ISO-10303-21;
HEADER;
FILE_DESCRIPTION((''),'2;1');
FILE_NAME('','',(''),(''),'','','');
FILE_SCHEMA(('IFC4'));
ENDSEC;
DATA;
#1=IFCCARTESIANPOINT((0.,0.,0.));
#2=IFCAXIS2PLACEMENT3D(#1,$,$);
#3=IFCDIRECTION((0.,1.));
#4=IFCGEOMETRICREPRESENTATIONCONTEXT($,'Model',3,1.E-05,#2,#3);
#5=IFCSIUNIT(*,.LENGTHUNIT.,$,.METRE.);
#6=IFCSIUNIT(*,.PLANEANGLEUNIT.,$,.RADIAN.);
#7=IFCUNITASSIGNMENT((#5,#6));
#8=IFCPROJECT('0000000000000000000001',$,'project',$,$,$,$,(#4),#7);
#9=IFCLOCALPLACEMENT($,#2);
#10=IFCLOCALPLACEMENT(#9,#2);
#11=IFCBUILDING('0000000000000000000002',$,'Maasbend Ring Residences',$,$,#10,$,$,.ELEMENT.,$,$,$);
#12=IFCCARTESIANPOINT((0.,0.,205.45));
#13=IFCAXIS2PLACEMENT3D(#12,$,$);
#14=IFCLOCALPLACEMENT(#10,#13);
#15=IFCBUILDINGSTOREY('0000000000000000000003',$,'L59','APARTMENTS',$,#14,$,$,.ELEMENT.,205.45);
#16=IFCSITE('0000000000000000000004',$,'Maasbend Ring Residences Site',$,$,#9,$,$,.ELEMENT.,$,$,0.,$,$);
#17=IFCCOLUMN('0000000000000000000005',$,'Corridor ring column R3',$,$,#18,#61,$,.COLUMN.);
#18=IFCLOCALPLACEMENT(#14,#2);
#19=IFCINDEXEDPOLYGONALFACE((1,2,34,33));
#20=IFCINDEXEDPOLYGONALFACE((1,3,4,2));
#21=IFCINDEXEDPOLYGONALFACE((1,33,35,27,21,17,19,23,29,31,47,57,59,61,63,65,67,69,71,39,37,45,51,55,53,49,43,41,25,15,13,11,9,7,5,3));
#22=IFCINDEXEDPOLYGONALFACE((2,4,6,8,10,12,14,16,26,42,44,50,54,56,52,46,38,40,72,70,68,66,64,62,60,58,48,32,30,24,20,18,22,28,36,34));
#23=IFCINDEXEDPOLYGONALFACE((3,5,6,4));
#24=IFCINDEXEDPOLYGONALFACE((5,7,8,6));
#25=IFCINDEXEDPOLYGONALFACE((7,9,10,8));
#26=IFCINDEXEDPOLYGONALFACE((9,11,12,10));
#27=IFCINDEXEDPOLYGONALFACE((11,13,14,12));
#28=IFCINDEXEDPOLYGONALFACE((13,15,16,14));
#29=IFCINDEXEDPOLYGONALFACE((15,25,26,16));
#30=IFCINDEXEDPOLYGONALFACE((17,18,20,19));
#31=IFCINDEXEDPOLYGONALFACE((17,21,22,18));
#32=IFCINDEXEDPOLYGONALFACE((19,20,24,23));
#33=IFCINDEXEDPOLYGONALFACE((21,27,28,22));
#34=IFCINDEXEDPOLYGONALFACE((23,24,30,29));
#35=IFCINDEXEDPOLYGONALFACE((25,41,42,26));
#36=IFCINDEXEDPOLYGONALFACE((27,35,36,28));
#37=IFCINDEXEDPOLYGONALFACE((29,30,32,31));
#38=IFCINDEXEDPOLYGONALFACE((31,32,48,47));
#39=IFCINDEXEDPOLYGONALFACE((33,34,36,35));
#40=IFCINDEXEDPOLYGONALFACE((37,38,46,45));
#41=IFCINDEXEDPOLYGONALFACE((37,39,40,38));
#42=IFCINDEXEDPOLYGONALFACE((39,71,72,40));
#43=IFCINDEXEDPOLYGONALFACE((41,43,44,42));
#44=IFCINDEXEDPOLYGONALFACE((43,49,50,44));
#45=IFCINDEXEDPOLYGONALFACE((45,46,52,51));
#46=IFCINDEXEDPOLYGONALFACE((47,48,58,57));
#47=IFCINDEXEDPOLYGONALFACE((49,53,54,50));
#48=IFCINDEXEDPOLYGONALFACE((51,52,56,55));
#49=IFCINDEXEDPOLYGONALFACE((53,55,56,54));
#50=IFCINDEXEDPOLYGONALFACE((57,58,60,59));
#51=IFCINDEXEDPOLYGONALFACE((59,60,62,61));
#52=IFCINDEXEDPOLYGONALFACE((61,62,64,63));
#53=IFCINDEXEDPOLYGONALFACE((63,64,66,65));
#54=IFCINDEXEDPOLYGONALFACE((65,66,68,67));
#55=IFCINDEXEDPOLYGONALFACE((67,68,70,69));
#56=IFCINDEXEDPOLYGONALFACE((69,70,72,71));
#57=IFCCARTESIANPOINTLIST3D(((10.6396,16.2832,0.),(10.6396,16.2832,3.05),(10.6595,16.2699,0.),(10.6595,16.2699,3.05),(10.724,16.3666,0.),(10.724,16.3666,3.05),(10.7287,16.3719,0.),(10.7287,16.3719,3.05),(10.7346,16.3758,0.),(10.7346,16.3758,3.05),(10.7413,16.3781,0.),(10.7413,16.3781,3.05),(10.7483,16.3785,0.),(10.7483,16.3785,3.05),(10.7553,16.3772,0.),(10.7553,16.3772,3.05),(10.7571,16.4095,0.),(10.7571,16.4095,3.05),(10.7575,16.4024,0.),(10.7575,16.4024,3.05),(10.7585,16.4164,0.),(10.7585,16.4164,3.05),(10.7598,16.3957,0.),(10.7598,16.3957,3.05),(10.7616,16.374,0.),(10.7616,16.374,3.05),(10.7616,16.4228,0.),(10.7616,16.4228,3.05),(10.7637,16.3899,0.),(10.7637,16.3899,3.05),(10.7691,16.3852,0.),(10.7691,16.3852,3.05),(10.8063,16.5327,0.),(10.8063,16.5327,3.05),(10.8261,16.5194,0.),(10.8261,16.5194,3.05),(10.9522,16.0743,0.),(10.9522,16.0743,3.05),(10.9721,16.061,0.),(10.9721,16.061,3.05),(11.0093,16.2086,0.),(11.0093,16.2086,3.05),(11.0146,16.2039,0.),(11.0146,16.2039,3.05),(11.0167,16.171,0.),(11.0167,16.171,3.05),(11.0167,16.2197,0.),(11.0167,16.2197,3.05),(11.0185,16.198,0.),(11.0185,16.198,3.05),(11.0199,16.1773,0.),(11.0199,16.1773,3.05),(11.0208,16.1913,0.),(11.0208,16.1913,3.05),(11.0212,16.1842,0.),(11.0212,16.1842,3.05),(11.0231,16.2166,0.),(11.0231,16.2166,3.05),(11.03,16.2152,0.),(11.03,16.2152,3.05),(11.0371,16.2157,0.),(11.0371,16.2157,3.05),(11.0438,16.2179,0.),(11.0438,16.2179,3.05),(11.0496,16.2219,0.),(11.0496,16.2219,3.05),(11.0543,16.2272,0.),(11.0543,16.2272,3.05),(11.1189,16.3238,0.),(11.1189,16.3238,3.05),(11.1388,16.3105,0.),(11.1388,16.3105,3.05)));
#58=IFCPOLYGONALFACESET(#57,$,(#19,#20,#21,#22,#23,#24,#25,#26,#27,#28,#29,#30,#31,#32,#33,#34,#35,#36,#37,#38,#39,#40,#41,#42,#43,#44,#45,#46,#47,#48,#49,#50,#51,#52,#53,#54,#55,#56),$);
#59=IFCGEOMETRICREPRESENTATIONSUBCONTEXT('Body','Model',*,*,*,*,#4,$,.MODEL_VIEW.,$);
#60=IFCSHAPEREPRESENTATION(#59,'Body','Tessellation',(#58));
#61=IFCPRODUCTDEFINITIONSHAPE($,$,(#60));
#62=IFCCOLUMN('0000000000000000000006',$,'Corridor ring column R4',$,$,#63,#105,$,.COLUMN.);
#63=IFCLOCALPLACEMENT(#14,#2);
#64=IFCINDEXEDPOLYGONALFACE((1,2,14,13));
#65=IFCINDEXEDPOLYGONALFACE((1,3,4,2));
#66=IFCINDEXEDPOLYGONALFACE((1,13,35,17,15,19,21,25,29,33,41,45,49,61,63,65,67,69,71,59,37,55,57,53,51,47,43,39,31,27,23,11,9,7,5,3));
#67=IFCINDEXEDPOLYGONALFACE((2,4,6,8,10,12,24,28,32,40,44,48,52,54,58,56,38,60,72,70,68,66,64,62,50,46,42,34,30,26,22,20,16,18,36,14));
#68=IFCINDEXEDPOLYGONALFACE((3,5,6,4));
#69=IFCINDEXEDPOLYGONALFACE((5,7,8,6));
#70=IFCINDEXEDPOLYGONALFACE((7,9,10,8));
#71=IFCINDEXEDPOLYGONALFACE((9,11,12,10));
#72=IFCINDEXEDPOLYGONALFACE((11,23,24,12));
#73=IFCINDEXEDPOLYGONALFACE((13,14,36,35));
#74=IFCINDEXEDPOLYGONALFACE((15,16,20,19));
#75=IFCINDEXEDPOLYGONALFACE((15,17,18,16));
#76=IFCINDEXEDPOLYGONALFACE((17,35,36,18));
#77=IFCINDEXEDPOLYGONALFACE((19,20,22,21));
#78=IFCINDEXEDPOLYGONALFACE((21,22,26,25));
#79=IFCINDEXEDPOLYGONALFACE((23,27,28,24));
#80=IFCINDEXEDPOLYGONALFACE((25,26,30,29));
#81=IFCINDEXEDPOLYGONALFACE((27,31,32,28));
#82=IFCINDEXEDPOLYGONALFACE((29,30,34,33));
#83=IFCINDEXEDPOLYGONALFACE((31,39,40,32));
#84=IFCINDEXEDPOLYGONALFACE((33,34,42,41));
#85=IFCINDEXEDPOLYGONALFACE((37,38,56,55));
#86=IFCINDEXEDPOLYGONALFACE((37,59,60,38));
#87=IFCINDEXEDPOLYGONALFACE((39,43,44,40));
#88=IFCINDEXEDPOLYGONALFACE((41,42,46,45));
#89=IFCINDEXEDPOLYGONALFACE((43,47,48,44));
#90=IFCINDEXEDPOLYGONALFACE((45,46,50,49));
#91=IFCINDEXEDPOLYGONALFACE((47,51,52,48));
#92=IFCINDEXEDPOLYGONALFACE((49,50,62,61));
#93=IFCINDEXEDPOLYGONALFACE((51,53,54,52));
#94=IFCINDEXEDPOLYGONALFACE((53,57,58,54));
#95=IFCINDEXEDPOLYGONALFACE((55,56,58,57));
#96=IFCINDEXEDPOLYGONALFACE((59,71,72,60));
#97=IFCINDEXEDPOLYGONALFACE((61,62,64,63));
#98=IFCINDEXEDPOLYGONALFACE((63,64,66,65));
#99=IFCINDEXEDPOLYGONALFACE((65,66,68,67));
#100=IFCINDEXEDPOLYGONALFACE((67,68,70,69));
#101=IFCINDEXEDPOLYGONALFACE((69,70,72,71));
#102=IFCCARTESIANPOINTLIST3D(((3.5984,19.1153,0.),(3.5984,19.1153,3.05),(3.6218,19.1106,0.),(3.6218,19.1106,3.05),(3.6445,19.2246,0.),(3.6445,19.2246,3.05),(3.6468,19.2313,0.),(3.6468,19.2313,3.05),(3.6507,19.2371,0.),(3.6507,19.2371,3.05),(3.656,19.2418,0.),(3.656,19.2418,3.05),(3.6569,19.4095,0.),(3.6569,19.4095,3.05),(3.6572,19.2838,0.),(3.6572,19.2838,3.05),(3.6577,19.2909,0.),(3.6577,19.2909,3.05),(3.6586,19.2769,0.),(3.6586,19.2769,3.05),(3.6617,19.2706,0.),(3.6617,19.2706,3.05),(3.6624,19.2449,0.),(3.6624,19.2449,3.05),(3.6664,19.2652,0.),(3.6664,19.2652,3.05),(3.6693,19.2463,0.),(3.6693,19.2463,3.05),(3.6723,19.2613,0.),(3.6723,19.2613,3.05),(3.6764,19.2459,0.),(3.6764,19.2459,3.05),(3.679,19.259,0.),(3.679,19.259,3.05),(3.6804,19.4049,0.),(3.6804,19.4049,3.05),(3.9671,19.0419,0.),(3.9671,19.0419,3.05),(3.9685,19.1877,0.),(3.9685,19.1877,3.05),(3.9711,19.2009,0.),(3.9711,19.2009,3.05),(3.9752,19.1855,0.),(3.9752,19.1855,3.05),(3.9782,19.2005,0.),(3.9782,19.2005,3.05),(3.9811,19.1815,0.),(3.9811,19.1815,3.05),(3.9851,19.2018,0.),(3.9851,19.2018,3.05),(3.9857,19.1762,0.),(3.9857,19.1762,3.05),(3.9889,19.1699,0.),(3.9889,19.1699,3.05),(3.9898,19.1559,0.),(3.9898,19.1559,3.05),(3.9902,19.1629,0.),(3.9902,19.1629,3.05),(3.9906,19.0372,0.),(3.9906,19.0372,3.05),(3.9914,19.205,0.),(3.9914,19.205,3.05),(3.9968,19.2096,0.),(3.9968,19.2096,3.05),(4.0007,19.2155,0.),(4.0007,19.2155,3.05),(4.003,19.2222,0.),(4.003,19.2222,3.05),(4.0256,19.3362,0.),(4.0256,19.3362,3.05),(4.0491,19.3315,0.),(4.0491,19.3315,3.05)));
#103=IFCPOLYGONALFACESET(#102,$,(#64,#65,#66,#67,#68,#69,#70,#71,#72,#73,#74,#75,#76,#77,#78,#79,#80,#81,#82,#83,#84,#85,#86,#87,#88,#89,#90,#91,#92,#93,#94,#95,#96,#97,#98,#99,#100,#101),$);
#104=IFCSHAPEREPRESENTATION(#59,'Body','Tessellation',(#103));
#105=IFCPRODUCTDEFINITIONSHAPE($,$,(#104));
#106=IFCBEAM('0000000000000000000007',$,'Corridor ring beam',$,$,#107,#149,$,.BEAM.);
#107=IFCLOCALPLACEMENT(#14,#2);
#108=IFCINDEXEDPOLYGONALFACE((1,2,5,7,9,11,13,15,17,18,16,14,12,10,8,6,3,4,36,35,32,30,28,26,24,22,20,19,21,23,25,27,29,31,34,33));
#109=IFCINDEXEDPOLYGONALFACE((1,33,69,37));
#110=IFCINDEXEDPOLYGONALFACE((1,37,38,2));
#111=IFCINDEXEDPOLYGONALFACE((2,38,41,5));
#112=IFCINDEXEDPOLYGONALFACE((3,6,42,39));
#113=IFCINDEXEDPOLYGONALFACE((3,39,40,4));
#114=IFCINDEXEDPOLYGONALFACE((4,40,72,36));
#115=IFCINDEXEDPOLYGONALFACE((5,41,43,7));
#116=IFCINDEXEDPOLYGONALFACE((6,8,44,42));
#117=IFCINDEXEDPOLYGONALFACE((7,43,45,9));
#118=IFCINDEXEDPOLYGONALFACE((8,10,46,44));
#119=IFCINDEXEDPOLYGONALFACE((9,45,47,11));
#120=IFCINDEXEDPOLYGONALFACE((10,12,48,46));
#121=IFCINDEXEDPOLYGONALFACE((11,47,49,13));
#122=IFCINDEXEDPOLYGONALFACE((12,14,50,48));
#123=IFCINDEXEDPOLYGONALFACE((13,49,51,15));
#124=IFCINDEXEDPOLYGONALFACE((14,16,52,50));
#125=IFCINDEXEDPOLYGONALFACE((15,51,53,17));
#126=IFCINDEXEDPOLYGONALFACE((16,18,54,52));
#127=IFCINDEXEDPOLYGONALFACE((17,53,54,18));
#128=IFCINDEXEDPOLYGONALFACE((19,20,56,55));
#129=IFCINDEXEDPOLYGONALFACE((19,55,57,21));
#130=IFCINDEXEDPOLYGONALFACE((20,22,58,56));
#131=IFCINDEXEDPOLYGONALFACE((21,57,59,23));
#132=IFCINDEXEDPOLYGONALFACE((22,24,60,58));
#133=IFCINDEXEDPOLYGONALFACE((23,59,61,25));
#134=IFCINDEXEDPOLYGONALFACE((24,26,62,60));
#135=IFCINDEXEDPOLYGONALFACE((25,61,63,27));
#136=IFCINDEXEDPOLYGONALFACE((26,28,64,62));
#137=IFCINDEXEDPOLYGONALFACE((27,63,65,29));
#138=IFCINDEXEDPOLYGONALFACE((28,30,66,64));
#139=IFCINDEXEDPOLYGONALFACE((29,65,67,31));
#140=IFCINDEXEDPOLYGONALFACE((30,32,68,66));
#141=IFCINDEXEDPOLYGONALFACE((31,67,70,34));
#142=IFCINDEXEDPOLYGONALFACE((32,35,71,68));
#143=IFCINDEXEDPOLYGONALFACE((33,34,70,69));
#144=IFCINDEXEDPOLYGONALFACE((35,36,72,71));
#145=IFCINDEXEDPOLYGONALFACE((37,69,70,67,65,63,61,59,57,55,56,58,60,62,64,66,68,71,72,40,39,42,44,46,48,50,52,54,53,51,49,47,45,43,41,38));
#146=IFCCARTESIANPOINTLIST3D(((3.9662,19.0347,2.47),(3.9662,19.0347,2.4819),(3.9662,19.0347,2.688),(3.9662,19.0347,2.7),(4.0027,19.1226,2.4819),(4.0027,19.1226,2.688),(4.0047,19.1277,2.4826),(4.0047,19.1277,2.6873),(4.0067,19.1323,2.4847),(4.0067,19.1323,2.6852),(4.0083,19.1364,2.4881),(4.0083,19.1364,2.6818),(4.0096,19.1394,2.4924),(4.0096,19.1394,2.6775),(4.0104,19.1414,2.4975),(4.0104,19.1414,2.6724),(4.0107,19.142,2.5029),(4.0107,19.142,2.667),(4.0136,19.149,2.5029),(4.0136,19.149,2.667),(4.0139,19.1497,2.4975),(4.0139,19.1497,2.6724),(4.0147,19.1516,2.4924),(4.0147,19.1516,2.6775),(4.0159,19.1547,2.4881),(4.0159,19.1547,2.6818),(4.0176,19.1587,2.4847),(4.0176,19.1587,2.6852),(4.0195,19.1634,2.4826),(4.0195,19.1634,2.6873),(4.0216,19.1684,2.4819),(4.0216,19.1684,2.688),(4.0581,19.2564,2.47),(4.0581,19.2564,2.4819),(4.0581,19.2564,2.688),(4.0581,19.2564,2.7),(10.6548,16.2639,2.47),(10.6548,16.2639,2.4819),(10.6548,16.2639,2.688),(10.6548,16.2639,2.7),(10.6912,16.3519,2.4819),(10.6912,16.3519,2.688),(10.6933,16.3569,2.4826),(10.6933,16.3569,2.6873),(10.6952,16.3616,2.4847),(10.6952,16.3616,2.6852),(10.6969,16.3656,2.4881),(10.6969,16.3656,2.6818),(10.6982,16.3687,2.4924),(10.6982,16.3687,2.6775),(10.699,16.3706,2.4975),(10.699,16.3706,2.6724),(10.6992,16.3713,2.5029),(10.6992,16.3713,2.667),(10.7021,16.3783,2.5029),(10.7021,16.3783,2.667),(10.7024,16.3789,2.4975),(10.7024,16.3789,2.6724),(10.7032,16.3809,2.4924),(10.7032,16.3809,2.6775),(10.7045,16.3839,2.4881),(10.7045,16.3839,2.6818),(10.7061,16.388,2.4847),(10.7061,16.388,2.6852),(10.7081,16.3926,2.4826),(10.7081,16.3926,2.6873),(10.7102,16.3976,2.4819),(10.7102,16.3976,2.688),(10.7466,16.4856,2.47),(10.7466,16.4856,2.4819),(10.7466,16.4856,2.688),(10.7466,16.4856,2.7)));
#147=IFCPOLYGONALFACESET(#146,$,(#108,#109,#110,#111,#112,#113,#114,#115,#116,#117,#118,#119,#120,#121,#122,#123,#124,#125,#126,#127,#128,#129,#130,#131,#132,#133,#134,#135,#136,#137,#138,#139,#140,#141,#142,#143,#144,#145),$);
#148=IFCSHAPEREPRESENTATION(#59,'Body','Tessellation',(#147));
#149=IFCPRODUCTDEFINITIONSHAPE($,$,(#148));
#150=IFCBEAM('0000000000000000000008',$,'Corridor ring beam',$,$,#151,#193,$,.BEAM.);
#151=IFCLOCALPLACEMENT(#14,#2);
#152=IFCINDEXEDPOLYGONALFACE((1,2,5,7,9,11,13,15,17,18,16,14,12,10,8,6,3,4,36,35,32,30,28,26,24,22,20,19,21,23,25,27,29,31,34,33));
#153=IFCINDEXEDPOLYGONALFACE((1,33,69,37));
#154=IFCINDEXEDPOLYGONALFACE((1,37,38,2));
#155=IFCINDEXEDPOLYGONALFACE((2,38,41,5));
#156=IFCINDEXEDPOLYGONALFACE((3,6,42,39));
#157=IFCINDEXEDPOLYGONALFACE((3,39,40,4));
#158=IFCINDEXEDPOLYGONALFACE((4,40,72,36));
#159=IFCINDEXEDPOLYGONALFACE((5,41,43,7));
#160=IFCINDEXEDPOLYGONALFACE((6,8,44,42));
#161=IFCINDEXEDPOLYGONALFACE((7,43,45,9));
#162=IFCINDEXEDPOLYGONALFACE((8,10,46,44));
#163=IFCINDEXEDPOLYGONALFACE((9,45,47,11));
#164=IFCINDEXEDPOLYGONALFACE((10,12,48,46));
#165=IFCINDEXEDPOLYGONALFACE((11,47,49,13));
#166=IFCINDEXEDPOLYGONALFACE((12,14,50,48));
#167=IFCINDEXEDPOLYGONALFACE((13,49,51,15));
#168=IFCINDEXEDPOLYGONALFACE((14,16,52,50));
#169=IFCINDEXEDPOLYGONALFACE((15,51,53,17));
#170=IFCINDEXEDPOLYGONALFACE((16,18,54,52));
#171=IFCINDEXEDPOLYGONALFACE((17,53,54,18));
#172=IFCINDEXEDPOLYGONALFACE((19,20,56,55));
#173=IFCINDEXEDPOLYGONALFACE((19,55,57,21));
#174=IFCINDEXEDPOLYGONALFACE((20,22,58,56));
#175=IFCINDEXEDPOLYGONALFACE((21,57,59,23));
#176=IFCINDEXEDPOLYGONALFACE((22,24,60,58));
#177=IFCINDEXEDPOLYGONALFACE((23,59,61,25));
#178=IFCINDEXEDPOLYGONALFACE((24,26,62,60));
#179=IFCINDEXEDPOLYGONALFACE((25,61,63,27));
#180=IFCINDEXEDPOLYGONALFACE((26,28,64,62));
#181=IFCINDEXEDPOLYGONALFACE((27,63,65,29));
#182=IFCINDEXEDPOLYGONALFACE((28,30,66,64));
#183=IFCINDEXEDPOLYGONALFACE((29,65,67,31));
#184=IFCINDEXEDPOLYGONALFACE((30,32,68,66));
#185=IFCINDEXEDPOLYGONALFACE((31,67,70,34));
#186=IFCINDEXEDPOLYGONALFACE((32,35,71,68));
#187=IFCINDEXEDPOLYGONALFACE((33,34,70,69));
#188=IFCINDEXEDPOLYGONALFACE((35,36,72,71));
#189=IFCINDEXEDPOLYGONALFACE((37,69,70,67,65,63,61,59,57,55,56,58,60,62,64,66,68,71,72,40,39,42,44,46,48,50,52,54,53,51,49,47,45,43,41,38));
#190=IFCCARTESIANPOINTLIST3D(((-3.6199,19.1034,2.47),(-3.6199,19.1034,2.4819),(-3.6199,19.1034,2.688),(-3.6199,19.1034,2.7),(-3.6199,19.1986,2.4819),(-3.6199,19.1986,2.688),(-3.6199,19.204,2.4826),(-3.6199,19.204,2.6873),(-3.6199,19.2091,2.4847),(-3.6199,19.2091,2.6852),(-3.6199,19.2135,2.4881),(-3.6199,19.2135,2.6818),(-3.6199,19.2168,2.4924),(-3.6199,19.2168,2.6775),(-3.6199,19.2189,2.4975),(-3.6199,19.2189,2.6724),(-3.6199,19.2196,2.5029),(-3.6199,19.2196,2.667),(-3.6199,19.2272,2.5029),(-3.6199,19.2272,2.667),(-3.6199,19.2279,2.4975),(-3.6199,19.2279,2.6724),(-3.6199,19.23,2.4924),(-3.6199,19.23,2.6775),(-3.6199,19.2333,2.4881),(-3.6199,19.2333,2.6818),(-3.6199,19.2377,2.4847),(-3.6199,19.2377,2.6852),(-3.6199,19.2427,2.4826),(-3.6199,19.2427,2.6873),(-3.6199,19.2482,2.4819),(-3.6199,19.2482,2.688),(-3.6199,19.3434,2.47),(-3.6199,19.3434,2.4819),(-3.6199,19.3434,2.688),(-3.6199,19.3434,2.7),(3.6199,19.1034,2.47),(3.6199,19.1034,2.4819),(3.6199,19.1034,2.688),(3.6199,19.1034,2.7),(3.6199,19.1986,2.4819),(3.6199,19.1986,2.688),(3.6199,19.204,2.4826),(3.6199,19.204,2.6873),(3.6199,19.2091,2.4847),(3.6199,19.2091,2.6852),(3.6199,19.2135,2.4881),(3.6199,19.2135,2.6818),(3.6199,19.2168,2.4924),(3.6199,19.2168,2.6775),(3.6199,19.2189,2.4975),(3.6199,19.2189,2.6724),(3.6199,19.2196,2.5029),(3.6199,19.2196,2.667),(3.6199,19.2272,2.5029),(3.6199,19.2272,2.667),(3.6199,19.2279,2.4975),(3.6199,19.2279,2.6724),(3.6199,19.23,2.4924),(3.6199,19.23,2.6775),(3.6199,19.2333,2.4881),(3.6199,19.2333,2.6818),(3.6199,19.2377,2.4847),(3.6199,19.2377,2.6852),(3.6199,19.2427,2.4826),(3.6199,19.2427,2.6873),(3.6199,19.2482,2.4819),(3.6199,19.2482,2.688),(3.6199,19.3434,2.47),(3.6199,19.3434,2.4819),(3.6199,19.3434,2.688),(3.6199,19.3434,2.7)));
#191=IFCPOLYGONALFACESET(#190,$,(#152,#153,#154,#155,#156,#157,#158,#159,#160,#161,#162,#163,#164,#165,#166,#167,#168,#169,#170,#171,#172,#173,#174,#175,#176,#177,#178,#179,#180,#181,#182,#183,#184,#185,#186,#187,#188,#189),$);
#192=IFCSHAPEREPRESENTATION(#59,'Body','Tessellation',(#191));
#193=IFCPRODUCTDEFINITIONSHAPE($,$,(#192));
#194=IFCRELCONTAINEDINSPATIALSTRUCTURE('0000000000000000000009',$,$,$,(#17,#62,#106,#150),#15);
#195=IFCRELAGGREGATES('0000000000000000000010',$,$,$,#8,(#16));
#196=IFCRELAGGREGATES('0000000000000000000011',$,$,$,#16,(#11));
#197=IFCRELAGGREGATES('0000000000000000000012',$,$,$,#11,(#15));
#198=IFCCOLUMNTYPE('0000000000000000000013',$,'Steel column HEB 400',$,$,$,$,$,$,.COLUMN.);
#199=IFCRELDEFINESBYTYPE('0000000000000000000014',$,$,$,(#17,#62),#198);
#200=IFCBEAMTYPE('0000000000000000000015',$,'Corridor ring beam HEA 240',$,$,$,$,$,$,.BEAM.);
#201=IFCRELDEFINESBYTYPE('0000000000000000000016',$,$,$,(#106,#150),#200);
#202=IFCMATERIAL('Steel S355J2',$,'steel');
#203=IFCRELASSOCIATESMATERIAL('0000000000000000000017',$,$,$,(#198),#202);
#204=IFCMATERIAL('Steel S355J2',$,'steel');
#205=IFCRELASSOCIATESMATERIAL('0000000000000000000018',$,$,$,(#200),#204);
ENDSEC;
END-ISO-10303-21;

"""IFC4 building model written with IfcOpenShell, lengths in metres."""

from ifc_helpers import new_model, si_unit, direction, frame, origin, origin_2d, place, context, subcontext, project, spatial, i_section, extrude, material, material_profile, profile_set, type_object, element, save


model = new_model("IFC4")

# Units and contexts
model_context = context("Model", 3, precision=1e-05, world=origin(), true_north=direction((0.0, 1.0)))
body_context = subcontext(model_context, "Body", "Model", "MODEL_VIEW")
ifc_project = project(units=[si_unit("LENGTHUNIT", "METRE"), si_unit("PLANEANGLEUNIT", "RADIAN")], contexts=[model_context])

# Site, building, storey
site_placement = place(None, origin())
site = spatial("IfcSite", under=ifc_project, at=site_placement, Name="Maasbend Ring Residences Site", CompositionType="ELEMENT", RefElevation=0.0)
building_placement = place(site_placement, origin())
building = spatial("IfcBuilding", under=site, at=building_placement, Name="Maasbend Ring Residences", CompositionType="ELEMENT")
storey_placement = place(building_placement, frame((0.0, 0.0, 205.45)))
storey = spatial("IfcBuildingStorey", under=building, at=storey_placement, Name="L59", Description="APARTMENTS", CompositionType="ELEMENT", Elevation=205.45)

# Columns
ifc_material_1 = material(Name="Steel S355J2", Category="steel")
ifc_material_profile_1 = material_profile(ifc_material_1, i_section(OverallWidth=0.3, OverallDepth=0.3999, WebThickness=0.0134, FlangeThickness=0.0239, FilletRadius=0.0271, at=origin_2d()), Name="HEB 400")
ifc_profile_set_1 = profile_set([ifc_material_profile_1], Name="Steel S355J2")
column_type = type_object("IfcColumnType", Name="Steel column HEB 400", PredefinedType="COLUMN", material=ifc_profile_set_1)
for number, where, z_axis, x_axis, name in (
    (1, (10.8892, 16.2969, 0.0), (0.0, 0.0, 1.0), (0.55557, 0.83147, 0.0), "Corridor ring column R3"),
    (2, (3.8237, 19.2234, 0.0), (0.0, 0.0, 1.0), (0.19509, 0.980785, 0.0), "Corridor ring column R4"),
):
    element("IfcColumn", number, at=place(storey_placement, frame(where, z_axis=z_axis, x_axis=x_axis)), inside=storey, type_object=column_type, Name=name, PredefinedType="COLUMN", context=body_context, shape_type="SweptSolid", body=[
        extrude(i_section(OverallWidth=0.3, OverallDepth=0.3999, WebThickness=0.0134, FlangeThickness=0.0239, FilletRadius=0.0271, at=origin_2d()), origin(), (0.0, 0.0, 1.0), 3.05),
    ])

# Beams
ifc_material_2 = material(Name="Steel S355J2", Category="steel")
ifc_material_profile_2 = material_profile(ifc_material_2, i_section(OverallWidth=0.24, OverallDepth=0.23, WebThickness=0.0076, FlangeThickness=0.012, FilletRadius=0.021, at=origin_2d()), Name="HEA 240")
ifc_profile_set_2 = profile_set([ifc_material_profile_2], Name="Steel S355J2")
beam_type = type_object("IfcBeamType", Name="Corridor ring beam HEA 240", PredefinedType="BEAM", material=ifc_profile_set_2)
for number, where, z_axis, x_axis, name in (
    (3, (10.7007, 16.3748, 2.585), (-0.923865, 0.382718, 0.0), (-0.382718, -0.923865, 0.0), "Corridor ring beam"),
    (4, (3.6199, 19.2234, 2.585), (-1.0, 0.0, 0.0), (0.0, -1.0, 0.0), "Corridor ring beam"),
):
    element("IfcBeam", number, at=place(storey_placement, frame(where, z_axis=z_axis, x_axis=x_axis)), inside=storey, type_object=beam_type, Name=name, PredefinedType="BEAM", context=body_context, shape_type="SweptSolid", body=[
        extrude(i_section(OverallWidth=0.24, OverallDepth=0.23, WebThickness=0.0076, FlangeThickness=0.012, FilletRadius=0.021, at=origin_2d()), origin(), (0.0, 0.0, 1.0), 7.2397),
    ])

save(model, "model.ifc")
